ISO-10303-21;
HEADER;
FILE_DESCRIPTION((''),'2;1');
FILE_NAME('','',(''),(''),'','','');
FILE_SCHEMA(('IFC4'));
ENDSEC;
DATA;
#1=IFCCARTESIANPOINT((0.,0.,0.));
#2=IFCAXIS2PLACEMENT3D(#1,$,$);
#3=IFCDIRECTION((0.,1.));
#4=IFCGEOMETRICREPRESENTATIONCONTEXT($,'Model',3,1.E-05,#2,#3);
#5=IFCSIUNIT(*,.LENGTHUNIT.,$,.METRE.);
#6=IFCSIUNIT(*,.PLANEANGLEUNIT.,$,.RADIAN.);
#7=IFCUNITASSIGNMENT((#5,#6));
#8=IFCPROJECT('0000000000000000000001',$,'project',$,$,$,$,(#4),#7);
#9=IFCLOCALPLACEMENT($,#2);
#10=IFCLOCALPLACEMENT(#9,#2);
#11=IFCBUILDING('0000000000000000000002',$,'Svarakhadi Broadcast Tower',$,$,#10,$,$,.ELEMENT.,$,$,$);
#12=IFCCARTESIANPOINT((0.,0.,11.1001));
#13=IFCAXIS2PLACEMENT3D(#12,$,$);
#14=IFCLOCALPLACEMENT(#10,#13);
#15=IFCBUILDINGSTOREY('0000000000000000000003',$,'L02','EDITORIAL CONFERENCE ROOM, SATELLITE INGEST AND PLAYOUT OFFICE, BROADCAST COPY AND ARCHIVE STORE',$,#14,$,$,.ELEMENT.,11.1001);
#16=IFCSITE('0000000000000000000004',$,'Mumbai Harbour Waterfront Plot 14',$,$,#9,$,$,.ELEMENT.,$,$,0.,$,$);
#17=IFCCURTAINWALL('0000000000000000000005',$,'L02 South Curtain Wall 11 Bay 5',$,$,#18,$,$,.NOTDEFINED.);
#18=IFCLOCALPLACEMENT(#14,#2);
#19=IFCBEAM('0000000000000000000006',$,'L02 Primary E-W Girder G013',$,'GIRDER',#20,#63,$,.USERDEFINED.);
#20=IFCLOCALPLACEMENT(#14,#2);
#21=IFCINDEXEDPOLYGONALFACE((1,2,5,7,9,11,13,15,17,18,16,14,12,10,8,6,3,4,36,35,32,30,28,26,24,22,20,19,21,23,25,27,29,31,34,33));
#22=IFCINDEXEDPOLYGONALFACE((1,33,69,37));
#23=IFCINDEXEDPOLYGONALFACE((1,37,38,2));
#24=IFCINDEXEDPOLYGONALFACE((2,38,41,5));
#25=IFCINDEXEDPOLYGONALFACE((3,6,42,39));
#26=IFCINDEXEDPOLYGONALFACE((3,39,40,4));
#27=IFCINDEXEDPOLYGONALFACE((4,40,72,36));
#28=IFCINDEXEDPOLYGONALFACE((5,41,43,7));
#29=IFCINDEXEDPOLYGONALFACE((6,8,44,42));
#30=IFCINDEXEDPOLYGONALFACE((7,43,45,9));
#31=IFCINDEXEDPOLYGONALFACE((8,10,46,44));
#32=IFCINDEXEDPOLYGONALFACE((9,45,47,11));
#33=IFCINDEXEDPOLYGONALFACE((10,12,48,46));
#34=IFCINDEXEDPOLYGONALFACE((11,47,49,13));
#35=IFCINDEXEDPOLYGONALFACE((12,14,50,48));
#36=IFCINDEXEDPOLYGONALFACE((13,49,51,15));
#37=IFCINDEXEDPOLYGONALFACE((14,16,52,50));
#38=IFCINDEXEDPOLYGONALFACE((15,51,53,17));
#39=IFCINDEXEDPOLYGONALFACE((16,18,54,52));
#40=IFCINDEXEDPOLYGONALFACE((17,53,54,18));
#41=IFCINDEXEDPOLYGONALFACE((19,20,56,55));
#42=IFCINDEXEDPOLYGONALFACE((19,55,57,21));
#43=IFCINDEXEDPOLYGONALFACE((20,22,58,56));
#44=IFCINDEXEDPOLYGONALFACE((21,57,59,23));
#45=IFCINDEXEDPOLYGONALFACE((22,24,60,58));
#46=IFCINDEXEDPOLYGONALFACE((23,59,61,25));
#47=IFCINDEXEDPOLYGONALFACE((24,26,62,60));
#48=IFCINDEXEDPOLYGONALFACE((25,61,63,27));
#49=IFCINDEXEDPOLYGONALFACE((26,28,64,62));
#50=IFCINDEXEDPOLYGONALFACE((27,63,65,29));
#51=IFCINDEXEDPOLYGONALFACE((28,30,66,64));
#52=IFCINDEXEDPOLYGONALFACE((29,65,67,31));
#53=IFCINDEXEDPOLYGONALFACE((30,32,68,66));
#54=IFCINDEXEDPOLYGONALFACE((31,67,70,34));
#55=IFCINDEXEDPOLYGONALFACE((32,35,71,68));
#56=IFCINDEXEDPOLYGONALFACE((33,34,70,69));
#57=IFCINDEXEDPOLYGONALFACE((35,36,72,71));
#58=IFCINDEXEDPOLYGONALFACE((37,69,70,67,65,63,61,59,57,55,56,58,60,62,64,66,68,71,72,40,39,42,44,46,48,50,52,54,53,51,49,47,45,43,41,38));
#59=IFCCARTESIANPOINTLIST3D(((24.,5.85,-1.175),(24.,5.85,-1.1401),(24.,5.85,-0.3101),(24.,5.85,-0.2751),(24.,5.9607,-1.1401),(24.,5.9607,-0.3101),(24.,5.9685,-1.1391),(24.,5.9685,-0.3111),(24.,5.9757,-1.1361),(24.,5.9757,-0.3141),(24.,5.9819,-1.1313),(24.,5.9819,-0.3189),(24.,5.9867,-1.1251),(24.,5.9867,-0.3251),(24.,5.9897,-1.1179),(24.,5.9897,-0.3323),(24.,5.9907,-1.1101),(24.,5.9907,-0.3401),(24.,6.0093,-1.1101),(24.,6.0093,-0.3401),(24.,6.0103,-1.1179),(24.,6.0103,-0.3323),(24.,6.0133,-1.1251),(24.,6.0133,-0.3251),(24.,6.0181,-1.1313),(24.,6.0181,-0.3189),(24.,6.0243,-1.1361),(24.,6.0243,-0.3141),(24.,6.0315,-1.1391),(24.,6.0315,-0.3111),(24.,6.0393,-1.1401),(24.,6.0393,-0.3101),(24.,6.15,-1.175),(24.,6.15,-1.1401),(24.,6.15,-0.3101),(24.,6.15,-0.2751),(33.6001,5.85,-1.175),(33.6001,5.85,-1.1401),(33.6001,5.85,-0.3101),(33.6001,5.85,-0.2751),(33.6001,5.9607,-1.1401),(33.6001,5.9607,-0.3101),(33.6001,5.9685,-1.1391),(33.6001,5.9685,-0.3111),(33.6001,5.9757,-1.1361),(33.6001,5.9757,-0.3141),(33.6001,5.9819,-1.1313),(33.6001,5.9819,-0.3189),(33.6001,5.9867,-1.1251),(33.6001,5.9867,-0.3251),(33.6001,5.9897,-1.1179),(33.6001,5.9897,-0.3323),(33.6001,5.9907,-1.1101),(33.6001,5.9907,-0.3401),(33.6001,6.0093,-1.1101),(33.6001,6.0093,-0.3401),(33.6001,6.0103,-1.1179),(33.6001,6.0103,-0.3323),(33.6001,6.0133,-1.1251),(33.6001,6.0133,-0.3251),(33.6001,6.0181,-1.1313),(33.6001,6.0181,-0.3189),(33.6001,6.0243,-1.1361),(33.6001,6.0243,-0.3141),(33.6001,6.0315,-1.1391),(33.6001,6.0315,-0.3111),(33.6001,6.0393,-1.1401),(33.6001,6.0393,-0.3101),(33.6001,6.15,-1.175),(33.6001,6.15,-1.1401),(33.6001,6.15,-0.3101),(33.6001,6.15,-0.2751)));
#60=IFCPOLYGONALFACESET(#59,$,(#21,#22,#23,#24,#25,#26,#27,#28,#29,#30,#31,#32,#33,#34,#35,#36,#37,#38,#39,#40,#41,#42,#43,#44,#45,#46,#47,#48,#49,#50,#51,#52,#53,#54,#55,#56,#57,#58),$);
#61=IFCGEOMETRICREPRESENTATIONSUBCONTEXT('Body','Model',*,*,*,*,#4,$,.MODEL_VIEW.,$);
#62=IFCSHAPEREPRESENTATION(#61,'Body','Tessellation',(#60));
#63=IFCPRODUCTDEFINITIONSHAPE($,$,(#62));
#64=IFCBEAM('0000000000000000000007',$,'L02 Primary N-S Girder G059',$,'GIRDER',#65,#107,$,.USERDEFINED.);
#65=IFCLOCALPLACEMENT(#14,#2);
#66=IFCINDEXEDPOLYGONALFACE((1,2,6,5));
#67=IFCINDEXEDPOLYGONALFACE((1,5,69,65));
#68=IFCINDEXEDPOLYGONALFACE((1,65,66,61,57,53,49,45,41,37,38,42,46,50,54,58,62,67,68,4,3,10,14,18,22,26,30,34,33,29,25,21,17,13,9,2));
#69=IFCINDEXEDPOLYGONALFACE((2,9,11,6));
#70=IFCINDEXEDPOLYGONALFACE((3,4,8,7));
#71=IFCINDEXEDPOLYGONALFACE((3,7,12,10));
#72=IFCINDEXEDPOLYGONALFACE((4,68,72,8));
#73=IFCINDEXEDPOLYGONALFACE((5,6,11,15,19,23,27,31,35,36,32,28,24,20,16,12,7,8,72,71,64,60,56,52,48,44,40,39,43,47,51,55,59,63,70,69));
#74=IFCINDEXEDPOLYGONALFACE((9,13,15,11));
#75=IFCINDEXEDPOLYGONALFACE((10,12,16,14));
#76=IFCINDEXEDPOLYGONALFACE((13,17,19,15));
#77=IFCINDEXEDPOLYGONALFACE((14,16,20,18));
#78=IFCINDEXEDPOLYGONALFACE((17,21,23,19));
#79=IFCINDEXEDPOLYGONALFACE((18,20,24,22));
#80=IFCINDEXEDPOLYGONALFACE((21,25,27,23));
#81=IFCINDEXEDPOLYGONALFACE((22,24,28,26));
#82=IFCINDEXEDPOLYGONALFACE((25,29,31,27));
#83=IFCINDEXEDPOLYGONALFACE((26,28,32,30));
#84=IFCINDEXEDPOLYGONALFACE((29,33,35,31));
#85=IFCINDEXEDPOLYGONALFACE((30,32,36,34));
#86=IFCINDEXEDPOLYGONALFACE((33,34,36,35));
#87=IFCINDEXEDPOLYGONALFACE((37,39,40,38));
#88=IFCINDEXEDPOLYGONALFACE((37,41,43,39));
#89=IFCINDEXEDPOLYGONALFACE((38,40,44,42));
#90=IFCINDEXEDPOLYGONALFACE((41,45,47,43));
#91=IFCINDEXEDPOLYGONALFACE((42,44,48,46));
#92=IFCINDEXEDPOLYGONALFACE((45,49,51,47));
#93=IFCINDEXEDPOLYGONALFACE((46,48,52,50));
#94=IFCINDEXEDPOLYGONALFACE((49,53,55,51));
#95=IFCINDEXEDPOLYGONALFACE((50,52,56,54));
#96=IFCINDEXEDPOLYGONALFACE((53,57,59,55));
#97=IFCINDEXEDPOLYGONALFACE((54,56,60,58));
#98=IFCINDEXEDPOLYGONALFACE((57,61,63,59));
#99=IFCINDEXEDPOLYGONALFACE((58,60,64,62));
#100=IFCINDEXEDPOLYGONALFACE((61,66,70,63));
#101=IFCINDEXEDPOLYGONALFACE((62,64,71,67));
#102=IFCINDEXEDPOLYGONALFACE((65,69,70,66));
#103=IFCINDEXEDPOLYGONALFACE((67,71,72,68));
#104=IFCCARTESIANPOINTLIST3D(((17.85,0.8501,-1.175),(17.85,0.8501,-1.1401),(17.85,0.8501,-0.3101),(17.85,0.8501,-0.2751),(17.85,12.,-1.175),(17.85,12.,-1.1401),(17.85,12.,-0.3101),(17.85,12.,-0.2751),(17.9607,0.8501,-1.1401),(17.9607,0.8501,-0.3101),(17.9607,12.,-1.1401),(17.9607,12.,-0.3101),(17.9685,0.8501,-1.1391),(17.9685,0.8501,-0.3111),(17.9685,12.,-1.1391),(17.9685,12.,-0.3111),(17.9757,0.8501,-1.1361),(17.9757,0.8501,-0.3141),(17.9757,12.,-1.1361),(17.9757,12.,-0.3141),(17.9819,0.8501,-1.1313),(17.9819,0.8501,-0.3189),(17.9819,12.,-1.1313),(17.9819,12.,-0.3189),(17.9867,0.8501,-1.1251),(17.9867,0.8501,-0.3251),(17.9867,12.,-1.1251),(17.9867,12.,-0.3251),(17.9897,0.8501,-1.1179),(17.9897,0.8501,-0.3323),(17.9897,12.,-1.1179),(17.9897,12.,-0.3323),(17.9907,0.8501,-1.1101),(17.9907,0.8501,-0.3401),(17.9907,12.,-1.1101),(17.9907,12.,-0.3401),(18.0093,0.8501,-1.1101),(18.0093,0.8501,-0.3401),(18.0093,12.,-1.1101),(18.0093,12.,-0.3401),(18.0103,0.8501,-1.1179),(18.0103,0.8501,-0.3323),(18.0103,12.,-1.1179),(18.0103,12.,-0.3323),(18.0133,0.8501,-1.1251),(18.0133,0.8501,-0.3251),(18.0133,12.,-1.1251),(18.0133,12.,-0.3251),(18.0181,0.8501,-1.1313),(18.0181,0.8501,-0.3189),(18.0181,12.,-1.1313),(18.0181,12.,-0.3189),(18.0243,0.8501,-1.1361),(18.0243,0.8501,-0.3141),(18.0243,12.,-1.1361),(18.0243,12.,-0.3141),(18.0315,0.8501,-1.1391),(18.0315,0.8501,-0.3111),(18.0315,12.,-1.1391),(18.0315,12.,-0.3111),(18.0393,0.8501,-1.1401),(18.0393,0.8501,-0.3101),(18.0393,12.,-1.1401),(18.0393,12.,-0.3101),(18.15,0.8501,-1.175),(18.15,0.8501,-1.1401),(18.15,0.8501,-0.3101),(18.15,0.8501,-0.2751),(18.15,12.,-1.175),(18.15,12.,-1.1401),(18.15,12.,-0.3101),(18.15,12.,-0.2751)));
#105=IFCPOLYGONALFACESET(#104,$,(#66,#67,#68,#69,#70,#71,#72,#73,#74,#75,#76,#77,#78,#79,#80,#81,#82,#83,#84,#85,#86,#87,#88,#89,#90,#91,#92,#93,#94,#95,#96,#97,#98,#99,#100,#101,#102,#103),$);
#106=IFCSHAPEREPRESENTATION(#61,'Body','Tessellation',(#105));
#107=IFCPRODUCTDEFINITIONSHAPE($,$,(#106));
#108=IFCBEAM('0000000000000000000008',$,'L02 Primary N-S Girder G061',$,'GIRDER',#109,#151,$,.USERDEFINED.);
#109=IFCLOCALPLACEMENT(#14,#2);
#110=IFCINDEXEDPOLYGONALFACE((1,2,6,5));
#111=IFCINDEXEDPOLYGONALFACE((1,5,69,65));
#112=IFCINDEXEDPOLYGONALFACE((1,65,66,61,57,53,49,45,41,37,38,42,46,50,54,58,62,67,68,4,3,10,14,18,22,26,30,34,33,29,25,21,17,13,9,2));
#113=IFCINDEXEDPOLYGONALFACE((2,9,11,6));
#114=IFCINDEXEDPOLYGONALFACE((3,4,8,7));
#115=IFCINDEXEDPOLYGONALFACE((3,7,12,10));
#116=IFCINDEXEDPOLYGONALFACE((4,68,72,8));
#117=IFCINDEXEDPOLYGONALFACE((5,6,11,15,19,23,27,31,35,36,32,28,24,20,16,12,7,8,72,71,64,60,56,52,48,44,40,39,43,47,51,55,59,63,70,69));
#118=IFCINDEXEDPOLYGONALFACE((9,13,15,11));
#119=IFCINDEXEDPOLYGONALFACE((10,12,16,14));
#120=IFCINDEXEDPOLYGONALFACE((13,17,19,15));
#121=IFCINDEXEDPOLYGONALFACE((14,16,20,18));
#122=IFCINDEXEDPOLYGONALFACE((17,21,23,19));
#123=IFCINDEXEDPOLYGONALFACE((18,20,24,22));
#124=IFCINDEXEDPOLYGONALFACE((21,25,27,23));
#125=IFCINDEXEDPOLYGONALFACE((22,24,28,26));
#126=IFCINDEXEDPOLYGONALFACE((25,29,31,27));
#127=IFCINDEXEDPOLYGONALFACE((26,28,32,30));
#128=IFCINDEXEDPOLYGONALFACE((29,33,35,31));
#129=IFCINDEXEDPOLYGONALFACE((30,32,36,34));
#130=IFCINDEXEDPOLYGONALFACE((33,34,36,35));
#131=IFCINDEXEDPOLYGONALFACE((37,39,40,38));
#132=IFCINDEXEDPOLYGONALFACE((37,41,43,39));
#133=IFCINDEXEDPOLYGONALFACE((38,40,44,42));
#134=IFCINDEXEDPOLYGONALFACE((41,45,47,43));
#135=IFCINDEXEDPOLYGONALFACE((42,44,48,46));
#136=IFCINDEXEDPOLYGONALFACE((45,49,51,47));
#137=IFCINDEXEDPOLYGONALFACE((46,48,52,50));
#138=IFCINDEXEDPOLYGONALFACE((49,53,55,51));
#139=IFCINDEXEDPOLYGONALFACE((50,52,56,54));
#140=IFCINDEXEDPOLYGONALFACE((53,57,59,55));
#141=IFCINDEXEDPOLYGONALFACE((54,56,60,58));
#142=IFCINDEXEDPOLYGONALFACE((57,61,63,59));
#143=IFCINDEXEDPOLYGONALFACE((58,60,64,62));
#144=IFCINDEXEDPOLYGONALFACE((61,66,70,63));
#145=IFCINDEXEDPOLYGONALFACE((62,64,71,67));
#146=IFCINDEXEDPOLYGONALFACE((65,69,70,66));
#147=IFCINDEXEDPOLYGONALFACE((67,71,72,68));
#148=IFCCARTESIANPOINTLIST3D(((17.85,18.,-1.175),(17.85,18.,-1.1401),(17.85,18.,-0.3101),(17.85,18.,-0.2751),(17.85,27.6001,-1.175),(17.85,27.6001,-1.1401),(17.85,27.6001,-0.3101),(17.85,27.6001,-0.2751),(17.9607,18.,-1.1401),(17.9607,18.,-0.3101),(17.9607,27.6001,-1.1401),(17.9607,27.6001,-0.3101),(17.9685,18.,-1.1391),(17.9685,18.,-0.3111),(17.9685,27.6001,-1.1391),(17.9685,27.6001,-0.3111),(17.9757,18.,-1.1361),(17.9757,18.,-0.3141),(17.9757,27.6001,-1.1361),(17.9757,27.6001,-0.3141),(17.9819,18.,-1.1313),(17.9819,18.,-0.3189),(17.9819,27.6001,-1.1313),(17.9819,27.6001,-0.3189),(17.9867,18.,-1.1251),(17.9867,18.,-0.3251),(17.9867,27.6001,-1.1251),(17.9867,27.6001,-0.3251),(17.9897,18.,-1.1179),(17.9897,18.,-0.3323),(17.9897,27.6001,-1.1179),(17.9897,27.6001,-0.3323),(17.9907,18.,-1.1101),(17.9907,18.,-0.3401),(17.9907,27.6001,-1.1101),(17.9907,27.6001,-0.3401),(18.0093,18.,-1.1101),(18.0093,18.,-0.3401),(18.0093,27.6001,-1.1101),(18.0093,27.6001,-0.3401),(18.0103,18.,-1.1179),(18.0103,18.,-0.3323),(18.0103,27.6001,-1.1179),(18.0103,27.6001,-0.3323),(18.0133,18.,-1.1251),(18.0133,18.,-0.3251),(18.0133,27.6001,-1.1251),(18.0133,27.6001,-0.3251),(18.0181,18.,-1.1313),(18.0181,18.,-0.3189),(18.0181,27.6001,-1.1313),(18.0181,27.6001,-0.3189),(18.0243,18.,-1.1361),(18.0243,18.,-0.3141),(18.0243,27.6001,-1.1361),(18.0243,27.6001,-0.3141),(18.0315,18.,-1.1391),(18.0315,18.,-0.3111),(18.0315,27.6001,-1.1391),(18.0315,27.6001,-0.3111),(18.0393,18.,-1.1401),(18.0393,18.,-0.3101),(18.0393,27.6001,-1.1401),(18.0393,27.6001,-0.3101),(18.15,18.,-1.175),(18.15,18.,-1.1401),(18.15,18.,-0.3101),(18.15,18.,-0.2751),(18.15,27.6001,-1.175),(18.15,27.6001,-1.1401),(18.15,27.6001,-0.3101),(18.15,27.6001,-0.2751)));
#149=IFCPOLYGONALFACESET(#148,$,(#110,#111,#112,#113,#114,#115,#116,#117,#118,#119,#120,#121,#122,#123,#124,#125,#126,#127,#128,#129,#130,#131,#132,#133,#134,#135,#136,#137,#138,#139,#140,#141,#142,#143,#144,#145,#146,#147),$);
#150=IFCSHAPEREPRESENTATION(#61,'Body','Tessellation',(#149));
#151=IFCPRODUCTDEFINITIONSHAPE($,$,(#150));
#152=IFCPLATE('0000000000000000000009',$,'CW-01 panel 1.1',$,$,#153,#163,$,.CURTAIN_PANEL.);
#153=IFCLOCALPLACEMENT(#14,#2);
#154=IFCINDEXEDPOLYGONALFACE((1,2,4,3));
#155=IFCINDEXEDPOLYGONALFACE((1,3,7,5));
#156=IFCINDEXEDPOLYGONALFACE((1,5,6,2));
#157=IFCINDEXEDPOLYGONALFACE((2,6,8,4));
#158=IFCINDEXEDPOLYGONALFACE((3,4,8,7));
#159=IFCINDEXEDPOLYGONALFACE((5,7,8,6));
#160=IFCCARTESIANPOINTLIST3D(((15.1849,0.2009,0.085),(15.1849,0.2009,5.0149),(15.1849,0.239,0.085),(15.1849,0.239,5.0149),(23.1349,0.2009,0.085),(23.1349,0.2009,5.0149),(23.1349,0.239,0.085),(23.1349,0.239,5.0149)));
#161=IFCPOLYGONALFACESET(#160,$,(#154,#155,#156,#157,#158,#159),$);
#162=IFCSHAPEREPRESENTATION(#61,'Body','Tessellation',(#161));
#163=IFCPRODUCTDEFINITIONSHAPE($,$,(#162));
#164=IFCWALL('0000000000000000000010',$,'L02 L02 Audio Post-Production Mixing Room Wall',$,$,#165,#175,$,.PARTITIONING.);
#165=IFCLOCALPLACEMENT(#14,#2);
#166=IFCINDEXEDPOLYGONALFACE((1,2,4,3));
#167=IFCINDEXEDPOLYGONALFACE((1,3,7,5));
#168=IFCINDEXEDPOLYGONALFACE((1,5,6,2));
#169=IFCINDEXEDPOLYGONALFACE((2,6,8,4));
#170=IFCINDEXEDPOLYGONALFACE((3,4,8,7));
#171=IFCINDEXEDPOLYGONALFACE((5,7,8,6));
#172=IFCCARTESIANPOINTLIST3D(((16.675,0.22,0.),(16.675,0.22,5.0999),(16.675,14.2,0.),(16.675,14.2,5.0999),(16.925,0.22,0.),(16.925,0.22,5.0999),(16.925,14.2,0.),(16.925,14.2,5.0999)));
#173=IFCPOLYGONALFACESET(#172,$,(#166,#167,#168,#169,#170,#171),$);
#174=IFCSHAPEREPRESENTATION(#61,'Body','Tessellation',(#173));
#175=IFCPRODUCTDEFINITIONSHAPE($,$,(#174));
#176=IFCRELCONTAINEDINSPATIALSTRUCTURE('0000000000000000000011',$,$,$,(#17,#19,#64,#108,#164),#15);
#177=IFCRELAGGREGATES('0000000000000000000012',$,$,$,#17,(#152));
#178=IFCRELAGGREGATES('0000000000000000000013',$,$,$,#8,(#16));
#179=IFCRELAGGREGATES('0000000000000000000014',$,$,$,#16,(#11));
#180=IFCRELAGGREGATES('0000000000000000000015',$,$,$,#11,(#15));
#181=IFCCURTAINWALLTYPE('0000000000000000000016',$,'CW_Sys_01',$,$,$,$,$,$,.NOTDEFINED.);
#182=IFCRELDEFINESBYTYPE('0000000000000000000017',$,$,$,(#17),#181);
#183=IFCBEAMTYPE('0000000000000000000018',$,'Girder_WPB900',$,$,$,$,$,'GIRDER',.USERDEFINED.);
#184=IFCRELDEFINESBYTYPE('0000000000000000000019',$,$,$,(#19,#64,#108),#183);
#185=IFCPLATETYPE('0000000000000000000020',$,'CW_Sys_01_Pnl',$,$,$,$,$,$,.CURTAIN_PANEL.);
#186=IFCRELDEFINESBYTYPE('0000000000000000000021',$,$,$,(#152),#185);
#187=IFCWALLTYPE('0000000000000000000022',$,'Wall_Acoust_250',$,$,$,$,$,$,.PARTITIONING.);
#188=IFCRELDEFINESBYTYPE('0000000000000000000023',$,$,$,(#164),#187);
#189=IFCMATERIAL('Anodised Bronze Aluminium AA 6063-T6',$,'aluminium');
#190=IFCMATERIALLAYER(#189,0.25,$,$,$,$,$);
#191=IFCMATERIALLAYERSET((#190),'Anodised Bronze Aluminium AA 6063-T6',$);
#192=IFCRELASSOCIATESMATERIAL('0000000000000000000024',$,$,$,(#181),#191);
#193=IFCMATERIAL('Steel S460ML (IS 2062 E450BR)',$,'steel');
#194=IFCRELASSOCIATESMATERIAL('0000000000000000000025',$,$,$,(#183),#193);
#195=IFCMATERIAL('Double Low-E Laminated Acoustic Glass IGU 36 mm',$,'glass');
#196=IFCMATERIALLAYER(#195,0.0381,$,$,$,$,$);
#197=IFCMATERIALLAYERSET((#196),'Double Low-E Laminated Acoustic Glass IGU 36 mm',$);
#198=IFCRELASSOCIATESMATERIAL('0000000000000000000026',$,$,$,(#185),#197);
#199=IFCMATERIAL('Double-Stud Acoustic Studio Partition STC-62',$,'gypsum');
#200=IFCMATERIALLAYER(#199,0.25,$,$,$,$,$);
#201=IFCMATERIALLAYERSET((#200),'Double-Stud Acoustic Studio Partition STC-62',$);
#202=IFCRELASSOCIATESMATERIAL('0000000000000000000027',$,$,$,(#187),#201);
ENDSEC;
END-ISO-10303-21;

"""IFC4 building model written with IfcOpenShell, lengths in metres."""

from ifc_helpers import new_model, si_unit, direction, frame, frame_2d, origin, origin_2d, place, context, subcontext, project, spatial, rectangle, i_section, extrude, material, layer, layer_set, material_profile, profile_set, type_object, element, aggregate, save


model = new_model("IFC4")

# Units and contexts
model_context = context("Model", 3, precision=1e-05, world=origin(), true_north=direction((0.0, 1.0)))
body_context = subcontext(model_context, "Body", "Model", "MODEL_VIEW")
ifc_project = project(units=[si_unit("LENGTHUNIT", "METRE"), si_unit("PLANEANGLEUNIT", "RADIAN")], contexts=[model_context])

# Site, building, storey
site_placement = place(None, origin())
site = spatial("IfcSite", under=ifc_project, at=site_placement, Name="Mumbai Harbour Waterfront Plot 14", CompositionType="ELEMENT", RefElevation=0.0)
building_placement = place(site_placement, origin())
building = spatial("IfcBuilding", under=site, at=building_placement, Name="Svarakhadi Broadcast Tower", CompositionType="ELEMENT")
storey_placement = place(building_placement, frame((0.0, 0.0, 11.1001)))
storey = spatial("IfcBuildingStorey", under=building, at=storey_placement, Name="L02", Description="EDITORIAL CONFERENCE ROOM, SATELLITE INGEST AND PLAYOUT OFFICE, BROADCAST COPY AND ARCHIVE STORE", CompositionType="ELEMENT", Elevation=11.1001)

# Shared definitions
ifc_material_1 = material(Name="Steel S460ML (IS 2062 E450BR)", Category="steel")

# Curtain wall
ifc_material_2 = material(Name="Anodised Bronze Aluminium AA 6063-T6", Category="aluminium")
ifc_layer_1 = layer(ifc_material_2, 0.25)
ifc_layer_set_1 = layer_set([ifc_layer_1], Name="Anodised Bronze Aluminium AA 6063-T6")
curtain_wall_type = type_object("IfcCurtainWallType", Name="CW_Sys_01", PredefinedType="NOTDEFINED", material=ifc_layer_set_1)
curtain_wall_placement = place(storey_placement, origin())
curtain_wall = element("IfcCurtainWall", 1, at=curtain_wall_placement, inside=storey, type_object=curtain_wall_type, Name="L02 South Curtain Wall 11 Bay 5", PredefinedType="NOTDEFINED")

# Beams
ifc_material_profile_1 = material_profile(ifc_material_1, i_section(OverallWidth=0.3, OverallDepth=0.8999, WebThickness=0.0186, FlangeThickness=0.0349, FilletRadius=0.03, at=origin_2d()), Name="WPB 900x300x291")
ifc_profile_set_1 = profile_set([ifc_material_profile_1], Name="Steel S460ML (IS 2062 E450BR)")
beam_type_1 = type_object("IfcBeamType", Name="Girder_WPB900", ElementType="GIRDER", PredefinedType="USERDEFINED", material=ifc_profile_set_1)
beam_1_placement = place(storey_placement, frame((24.0, 6.0, -0.7251), z_axis=(1.0, 0.0, 0.0), x_axis=(0.0, 1.0, 0.0)))
element("IfcBeam", 2, at=beam_1_placement, inside=storey, type_object=beam_type_1, Name="L02 Primary E-W Girder G013", ObjectType="GIRDER", PredefinedType="USERDEFINED", context=body_context, shape_type="SweptSolid", body=[
    extrude(i_section(OverallWidth=0.3, OverallDepth=0.8999, WebThickness=0.0186, FlangeThickness=0.0349, FilletRadius=0.03, at=origin_2d()), origin(), (0.0, 0.0, 1.0), 9.6001),
])
beam_2_placement = place(storey_placement, frame((18.0, 0.8501, -0.7251), z_axis=(0.0, 1.0, 0.0), x_axis=(-1.0, 0.0, 0.0)))
element("IfcBeam", 3, at=beam_2_placement, inside=storey, type_object=beam_type_1, Name="L02 Primary N-S Girder G059", ObjectType="GIRDER", PredefinedType="USERDEFINED", context=body_context, shape_type="SweptSolid", body=[
    extrude(i_section(OverallWidth=0.3, OverallDepth=0.8999, WebThickness=0.0186, FlangeThickness=0.0349, FilletRadius=0.03, at=origin_2d()), origin(), (0.0, 0.0, 1.0), 11.1499),
])
beam_3_placement = place(storey_placement, frame((18.0, 18.0, -0.7251), z_axis=(0.0, 1.0, 0.0), x_axis=(-1.0, 0.0, 0.0)))
element("IfcBeam", 4, at=beam_3_placement, inside=storey, type_object=beam_type_1, Name="L02 Primary N-S Girder G061", ObjectType="GIRDER", PredefinedType="USERDEFINED", context=body_context, shape_type="SweptSolid", body=[
    extrude(i_section(OverallWidth=0.3, OverallDepth=0.8999, WebThickness=0.0186, FlangeThickness=0.0349, FilletRadius=0.03, at=origin_2d()), origin(), (0.0, 0.0, 1.0), 9.6001),
])

# Plate
ifc_material_3 = material(Name="Double Low-E Laminated Acoustic Glass IGU 36 mm", Category="glass")
ifc_layer_2 = layer(ifc_material_3, 0.0381)
ifc_layer_set_2 = layer_set([ifc_layer_2], Name="Double Low-E Laminated Acoustic Glass IGU 36 mm")
plate_type = type_object("IfcPlateType", Name="CW_Sys_01_Pnl", PredefinedType="CURTAIN_PANEL", material=ifc_layer_set_2)
plate_placement = place(storey_placement, frame((19.1599, 0.22, 0.085), z_axis=(0.0, 0.0, 1.0), x_axis=(-1.0, 0.0, 0.0)))
plate = element("IfcPlate", 5, at=plate_placement, type_object=plate_type, Name="CW-01 panel 1.1", PredefinedType="CURTAIN_PANEL", context=body_context, shape_type="SweptSolid", body=[
    extrude(rectangle(XDim=7.95, YDim=0.0381, at=origin_2d()), origin(), (0.0, 0.0, 1.0), 4.9299),
])
aggregate(curtain_wall, [plate])

# Wall
ifc_material_4 = material(Name="Double-Stud Acoustic Studio Partition STC-62", Category="gypsum")
ifc_layer_3 = layer(ifc_material_4, 0.25)
ifc_layer_set_3 = layer_set([ifc_layer_3], Name="Double-Stud Acoustic Studio Partition STC-62")
wall_type_1 = type_object("IfcWallType", Name="Wall_Acoust_250", PredefinedType="PARTITIONING", material=ifc_layer_set_3)
wall_1_placement = place(storey_placement, frame((16.8, 0.22, 0.0), z_axis=(0.0, 0.0, 1.0), x_axis=(0.0, 1.0, 0.0)))
element("IfcWall", 6, at=wall_1_placement, inside=storey, type_object=wall_type_1, Name="L02 L02 Audio Post-Production Mixing Room Wall", PredefinedType="PARTITIONING", context=body_context, shape_type="SweptSolid", body=[
    extrude(rectangle(XDim=13.98, YDim=0.25, at=frame_2d((6.99, 0.0))), origin(), (0.0, 0.0, 1.0), 5.0999),
])

save(model, "model.ifc")
